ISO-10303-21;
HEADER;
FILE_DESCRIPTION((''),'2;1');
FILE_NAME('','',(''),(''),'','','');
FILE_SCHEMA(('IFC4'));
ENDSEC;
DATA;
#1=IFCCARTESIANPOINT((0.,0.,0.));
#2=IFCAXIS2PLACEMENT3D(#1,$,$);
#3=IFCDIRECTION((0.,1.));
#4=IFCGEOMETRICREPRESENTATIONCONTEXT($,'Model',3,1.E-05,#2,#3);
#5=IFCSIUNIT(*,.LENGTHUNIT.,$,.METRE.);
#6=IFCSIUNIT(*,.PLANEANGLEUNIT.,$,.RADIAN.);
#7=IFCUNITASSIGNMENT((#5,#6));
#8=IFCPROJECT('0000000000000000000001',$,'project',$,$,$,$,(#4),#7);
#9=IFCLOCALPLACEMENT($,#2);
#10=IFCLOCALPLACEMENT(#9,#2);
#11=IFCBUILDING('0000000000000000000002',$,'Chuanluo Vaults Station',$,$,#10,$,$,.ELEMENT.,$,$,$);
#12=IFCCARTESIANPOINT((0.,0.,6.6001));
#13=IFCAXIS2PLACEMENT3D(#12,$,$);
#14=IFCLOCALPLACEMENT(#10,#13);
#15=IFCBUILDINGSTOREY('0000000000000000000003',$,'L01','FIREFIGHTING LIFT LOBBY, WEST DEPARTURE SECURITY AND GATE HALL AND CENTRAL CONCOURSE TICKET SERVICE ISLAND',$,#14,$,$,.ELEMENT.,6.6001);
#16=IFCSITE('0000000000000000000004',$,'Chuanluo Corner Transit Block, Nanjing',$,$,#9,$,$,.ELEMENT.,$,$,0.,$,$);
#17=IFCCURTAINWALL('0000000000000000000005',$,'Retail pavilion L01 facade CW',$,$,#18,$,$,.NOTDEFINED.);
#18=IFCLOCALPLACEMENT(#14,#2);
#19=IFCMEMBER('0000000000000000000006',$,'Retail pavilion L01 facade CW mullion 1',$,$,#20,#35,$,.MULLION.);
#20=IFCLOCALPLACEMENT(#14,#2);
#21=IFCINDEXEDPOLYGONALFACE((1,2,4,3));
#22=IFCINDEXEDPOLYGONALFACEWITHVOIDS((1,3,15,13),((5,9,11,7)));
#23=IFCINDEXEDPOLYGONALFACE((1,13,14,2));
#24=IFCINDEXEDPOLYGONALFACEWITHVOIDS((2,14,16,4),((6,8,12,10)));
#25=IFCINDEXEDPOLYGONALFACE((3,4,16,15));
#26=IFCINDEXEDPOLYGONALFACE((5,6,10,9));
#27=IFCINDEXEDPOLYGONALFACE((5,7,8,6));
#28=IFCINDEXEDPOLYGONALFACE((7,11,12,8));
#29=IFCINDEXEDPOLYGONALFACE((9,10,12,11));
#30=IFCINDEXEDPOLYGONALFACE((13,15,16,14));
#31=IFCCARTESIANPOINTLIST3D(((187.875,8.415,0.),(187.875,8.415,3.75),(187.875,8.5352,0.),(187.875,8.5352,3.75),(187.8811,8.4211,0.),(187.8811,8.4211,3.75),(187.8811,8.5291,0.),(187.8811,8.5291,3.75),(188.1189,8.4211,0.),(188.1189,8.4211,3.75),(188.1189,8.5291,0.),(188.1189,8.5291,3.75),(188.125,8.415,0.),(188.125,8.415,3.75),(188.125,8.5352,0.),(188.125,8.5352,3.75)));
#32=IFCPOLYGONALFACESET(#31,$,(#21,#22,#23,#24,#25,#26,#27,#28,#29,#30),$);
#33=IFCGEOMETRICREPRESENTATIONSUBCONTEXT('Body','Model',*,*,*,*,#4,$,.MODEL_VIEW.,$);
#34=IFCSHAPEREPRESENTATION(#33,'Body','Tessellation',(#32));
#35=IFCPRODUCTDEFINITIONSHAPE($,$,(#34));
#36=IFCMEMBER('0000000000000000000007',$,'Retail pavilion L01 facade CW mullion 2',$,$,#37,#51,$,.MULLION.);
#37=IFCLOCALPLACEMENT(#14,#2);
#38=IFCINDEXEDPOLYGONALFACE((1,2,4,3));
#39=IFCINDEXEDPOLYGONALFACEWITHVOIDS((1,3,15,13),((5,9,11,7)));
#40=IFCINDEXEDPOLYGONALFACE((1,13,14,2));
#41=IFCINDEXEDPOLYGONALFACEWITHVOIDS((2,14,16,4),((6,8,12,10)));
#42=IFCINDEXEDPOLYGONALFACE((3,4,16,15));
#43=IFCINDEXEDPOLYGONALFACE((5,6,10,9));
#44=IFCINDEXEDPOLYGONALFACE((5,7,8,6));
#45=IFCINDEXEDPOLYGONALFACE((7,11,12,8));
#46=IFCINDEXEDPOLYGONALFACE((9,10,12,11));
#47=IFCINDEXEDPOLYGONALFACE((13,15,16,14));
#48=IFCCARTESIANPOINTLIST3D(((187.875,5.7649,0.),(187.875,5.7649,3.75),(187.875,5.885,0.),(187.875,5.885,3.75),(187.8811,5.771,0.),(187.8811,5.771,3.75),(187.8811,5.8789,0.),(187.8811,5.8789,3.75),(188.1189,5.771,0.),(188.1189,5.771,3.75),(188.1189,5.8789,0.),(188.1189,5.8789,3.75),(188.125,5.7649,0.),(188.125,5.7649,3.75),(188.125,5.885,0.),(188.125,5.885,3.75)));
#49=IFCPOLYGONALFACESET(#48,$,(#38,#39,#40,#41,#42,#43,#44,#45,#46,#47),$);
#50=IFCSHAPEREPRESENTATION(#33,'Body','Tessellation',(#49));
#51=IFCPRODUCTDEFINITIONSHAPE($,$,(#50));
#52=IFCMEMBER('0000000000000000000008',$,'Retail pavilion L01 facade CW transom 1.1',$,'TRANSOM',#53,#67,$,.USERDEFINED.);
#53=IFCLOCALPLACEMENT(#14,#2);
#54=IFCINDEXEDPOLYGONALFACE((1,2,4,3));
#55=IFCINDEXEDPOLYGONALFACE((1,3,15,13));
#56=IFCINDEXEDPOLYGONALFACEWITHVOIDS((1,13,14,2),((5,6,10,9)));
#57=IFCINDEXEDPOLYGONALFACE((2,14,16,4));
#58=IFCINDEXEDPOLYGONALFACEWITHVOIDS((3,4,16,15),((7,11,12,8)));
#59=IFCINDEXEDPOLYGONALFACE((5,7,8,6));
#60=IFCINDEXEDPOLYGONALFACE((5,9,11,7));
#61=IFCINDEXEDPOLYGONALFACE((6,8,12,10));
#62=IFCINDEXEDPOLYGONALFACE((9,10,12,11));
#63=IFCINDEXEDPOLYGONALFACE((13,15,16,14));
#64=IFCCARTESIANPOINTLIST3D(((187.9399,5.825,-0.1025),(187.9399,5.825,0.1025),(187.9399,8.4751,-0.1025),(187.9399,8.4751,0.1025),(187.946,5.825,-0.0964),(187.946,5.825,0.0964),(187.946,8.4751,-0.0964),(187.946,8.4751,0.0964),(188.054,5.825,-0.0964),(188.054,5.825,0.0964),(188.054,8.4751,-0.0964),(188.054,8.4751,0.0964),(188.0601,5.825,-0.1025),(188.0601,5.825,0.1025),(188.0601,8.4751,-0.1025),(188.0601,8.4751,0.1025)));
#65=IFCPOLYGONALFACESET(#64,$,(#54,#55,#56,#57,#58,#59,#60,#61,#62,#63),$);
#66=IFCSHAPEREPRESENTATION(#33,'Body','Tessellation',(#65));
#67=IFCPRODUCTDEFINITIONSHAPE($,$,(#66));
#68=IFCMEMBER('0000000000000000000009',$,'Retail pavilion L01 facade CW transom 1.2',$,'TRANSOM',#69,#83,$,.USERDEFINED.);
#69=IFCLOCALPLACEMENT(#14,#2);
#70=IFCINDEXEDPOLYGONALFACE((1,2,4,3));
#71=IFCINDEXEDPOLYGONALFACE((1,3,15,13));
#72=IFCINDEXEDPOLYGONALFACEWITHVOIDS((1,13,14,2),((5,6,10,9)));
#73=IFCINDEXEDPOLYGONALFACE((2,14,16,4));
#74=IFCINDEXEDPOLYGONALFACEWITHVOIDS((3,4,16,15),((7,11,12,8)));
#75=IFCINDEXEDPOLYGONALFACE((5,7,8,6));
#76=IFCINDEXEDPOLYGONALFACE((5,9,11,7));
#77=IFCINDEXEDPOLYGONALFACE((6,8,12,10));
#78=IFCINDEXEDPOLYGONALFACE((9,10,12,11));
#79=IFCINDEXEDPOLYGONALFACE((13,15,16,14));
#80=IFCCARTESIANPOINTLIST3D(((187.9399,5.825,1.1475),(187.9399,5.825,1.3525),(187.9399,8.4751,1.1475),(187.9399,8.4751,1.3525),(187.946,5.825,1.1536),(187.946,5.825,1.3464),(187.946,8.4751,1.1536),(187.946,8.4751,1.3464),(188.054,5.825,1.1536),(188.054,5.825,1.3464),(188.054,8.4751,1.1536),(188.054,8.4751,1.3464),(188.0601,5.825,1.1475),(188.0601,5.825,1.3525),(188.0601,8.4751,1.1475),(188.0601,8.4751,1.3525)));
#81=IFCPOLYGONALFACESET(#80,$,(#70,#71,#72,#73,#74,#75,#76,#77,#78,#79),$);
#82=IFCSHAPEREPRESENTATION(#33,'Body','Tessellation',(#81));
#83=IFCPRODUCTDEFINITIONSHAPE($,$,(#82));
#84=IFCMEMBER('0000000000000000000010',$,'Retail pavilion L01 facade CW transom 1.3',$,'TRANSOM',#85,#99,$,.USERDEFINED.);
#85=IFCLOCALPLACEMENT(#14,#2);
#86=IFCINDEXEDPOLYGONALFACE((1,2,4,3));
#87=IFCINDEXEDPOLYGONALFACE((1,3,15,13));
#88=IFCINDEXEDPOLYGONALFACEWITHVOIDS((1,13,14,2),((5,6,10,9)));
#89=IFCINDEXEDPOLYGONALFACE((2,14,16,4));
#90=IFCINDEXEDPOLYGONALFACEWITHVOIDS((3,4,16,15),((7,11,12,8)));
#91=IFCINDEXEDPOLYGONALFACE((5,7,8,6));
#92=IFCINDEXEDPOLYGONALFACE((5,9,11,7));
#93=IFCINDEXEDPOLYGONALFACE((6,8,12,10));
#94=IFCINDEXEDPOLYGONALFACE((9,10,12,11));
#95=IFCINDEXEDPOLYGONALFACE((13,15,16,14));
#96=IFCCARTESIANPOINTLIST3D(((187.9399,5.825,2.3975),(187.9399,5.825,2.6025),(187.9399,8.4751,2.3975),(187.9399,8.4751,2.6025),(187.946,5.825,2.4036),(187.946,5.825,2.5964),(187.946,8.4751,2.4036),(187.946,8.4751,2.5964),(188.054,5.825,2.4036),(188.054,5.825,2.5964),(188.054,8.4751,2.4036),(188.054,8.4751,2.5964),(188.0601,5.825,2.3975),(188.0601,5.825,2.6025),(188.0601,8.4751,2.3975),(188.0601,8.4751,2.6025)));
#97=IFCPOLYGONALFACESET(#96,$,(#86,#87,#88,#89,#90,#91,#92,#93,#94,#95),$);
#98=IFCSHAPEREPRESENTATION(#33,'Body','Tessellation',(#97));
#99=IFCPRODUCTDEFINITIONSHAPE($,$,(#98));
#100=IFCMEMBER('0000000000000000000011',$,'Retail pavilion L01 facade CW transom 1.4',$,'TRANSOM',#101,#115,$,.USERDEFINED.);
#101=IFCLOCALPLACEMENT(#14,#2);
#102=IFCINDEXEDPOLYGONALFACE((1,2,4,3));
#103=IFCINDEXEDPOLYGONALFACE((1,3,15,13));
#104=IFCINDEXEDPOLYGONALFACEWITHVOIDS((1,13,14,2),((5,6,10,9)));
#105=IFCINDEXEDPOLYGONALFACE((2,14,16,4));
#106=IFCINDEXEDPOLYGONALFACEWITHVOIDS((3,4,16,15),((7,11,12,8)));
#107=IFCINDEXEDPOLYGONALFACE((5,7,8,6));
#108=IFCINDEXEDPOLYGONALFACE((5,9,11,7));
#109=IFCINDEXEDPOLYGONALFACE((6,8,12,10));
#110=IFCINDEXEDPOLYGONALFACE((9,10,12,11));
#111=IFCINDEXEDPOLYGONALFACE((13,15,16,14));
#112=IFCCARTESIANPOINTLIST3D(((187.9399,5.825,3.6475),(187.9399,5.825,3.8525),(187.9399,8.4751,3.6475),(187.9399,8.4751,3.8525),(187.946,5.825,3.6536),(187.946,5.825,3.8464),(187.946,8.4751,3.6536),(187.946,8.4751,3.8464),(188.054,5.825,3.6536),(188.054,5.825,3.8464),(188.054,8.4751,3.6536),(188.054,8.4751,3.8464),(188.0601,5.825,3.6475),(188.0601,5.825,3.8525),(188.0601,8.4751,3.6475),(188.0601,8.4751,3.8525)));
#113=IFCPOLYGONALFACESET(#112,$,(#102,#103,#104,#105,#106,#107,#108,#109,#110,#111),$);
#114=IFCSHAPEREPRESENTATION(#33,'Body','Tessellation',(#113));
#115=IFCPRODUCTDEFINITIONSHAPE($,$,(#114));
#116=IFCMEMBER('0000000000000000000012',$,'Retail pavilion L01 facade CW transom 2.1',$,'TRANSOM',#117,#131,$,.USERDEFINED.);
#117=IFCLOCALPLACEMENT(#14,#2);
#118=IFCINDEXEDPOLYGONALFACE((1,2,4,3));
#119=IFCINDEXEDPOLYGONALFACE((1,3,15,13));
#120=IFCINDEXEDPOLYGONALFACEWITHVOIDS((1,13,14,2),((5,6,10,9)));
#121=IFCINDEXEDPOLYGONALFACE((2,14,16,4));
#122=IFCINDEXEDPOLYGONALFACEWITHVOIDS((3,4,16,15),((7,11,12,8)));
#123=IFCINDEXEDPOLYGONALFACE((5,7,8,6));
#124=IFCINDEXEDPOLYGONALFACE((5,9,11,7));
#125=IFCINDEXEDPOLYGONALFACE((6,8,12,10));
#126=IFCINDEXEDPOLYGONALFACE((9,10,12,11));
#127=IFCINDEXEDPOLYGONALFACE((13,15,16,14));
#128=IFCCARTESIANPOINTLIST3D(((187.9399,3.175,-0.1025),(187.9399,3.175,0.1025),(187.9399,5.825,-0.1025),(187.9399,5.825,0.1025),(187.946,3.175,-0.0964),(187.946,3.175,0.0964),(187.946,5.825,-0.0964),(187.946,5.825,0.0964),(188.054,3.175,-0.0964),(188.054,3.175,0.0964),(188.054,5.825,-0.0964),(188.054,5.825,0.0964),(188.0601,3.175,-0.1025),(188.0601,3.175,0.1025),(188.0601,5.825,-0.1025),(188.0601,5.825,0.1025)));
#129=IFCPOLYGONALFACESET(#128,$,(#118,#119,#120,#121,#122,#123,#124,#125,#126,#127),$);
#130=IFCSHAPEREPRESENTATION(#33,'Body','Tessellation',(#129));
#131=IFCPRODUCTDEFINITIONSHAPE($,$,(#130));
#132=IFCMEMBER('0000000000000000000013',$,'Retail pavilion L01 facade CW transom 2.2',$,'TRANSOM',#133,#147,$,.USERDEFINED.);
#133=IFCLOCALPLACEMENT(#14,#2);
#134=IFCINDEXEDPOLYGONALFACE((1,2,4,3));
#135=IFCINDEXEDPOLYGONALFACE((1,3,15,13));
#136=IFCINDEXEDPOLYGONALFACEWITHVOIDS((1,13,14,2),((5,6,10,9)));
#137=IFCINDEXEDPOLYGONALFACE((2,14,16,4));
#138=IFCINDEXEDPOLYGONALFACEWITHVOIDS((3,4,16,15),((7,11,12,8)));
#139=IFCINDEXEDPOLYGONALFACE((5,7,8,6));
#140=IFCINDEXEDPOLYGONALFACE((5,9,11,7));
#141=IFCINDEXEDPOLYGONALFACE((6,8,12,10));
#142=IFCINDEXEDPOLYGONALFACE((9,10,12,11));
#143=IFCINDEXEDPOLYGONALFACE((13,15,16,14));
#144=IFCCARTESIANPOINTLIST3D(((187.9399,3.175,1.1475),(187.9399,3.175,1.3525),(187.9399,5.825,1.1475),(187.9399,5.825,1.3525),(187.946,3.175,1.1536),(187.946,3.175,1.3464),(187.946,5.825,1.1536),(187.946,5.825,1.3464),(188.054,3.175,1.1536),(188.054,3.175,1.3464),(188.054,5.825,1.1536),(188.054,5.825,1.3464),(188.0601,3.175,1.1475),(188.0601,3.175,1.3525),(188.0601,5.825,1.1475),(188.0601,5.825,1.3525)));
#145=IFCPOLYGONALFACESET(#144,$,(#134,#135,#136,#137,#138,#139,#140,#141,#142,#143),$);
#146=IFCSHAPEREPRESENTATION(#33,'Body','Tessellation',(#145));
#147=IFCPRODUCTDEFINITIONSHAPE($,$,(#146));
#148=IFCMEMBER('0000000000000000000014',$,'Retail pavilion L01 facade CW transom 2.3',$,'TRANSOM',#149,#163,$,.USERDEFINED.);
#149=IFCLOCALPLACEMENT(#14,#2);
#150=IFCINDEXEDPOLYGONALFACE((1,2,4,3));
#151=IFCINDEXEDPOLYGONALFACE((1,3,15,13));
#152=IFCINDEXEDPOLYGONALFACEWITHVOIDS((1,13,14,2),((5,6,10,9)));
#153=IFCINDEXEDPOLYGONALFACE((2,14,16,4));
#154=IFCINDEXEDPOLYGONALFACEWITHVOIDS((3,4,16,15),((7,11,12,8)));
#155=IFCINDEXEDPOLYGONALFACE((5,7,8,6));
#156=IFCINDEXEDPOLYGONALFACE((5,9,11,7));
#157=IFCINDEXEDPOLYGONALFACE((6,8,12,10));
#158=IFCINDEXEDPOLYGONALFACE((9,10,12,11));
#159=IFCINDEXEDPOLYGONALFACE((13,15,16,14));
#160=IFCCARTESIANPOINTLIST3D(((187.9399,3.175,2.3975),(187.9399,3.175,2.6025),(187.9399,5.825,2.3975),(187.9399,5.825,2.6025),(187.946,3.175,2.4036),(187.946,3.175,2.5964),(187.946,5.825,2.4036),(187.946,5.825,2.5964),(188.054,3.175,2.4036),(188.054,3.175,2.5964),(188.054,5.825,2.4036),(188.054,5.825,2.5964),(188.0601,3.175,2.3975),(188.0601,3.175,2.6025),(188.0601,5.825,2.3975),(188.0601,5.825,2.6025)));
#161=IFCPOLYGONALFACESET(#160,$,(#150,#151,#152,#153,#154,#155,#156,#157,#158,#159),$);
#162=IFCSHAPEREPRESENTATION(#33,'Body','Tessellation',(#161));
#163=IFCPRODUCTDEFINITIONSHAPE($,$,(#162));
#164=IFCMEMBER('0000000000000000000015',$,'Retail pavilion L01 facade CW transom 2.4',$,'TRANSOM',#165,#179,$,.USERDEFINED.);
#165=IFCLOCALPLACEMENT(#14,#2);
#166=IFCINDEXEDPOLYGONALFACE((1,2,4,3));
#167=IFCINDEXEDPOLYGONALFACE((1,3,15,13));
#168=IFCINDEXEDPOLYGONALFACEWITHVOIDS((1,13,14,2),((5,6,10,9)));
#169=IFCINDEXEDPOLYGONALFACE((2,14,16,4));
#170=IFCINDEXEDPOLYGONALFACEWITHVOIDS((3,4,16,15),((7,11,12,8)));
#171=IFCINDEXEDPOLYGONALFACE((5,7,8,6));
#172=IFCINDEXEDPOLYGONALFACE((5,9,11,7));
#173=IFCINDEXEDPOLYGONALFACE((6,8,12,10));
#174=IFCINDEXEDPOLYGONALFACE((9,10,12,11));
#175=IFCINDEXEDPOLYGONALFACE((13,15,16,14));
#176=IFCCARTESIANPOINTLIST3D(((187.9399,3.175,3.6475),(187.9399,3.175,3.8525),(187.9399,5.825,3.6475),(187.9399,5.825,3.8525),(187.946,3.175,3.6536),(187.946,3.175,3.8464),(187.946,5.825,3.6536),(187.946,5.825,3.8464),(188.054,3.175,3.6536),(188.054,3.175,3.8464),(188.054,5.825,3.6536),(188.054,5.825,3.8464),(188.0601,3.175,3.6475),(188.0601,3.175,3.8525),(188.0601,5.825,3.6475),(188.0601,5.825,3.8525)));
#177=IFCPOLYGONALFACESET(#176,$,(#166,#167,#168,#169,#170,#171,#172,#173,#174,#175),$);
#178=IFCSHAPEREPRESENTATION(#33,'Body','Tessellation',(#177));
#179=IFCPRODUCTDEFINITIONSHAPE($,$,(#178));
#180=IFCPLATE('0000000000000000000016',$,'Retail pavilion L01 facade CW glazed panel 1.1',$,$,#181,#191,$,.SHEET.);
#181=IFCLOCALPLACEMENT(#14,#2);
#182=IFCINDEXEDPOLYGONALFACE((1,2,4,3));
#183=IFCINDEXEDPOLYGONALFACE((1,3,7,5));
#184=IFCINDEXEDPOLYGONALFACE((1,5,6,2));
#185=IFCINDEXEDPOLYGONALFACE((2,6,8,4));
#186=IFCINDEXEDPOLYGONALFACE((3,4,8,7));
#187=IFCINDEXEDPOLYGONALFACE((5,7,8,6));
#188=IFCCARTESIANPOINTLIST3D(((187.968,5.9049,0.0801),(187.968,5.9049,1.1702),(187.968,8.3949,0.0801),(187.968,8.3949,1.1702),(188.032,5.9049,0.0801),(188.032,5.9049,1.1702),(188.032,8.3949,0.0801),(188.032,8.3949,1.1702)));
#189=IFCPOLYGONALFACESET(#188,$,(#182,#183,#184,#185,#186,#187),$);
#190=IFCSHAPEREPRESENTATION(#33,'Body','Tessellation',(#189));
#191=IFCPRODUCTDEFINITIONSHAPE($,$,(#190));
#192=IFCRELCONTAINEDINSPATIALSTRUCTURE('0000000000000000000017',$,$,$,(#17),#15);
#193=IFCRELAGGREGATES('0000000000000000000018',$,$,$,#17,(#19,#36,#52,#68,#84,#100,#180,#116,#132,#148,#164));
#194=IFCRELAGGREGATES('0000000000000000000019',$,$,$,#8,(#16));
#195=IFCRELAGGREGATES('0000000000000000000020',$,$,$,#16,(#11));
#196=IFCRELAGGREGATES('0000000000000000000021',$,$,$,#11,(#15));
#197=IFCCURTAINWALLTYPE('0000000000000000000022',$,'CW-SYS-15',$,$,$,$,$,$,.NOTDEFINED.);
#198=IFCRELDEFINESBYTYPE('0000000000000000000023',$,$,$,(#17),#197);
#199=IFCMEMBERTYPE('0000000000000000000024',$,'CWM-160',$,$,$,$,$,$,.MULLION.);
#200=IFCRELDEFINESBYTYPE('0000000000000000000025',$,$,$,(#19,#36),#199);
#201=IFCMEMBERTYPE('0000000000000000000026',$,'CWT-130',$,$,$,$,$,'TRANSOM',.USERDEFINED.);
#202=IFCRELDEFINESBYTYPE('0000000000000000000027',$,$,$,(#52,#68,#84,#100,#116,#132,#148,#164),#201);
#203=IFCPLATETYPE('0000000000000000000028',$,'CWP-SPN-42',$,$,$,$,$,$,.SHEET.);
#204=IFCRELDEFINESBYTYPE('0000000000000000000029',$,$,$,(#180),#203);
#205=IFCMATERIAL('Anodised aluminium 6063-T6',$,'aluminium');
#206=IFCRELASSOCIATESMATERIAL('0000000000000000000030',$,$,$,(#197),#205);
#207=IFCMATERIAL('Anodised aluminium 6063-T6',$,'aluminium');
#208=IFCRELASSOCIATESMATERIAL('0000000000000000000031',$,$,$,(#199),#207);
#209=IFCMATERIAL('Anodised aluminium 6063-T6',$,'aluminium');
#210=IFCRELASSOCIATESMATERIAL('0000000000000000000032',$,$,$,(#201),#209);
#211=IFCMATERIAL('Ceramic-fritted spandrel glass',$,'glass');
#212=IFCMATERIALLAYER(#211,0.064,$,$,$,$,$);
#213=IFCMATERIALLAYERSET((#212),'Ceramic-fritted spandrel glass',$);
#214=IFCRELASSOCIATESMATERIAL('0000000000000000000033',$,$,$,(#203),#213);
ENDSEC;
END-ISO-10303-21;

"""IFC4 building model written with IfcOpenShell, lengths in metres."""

from ifc_helpers import new_model, si_unit, direction, frame, origin, origin_2d, place, context, subcontext, project, spatial, rectangle, hollow_rectangle, extrude, material, layer, layer_set, material_profile, profile_set, type_object, element, aggregate, save


model = new_model("IFC4")

# Units and contexts
model_context = context("Model", 3, precision=1e-05, world=origin(), true_north=direction((0.0, 1.0)))
body_context = subcontext(model_context, "Body", "Model", "MODEL_VIEW")
ifc_project = project(units=[si_unit("LENGTHUNIT", "METRE"), si_unit("PLANEANGLEUNIT", "RADIAN")], contexts=[model_context])

# Site, building, storey
site_placement = place(None, origin())
site = spatial("IfcSite", under=ifc_project, at=site_placement, Name="Chuanluo Corner Transit Block, Nanjing", CompositionType="ELEMENT", RefElevation=0.0)
building_placement = place(site_placement, origin())
building = spatial("IfcBuilding", under=site, at=building_placement, Name="Chuanluo Vaults Station", CompositionType="ELEMENT")
storey_placement = place(building_placement, frame((0.0, 0.0, 6.6001)))
storey = spatial("IfcBuildingStorey", under=building, at=storey_placement, Name="L01", Description="FIREFIGHTING LIFT LOBBY, WEST DEPARTURE SECURITY AND GATE HALL AND CENTRAL CONCOURSE TICKET SERVICE ISLAND", CompositionType="ELEMENT", Elevation=6.6001)

# Curtain wall, members, plate
ifc_material_1 = material(Name="Anodised aluminium 6063-T6", Category="aluminium")
curtain_wall_type_1 = type_object("IfcCurtainWallType", Name="CW-SYS-15", PredefinedType="NOTDEFINED", material=ifc_material_1)
curtain_wall_1_placement = place(storey_placement, origin())
curtain_wall_1 = element("IfcCurtainWall", 1, at=curtain_wall_1_placement, inside=storey, type_object=curtain_wall_type_1, Name="Retail pavilion L01 facade CW", PredefinedType="NOTDEFINED")
ifc_material_2 = material(Name="Anodised aluminium 6063-T6", Category="aluminium")
ifc_material_profile_1 = material_profile(ifc_material_2, hollow_rectangle(XDim=0.1201, YDim=0.25, WallThickness=0.0061, at=origin_2d()))
ifc_profile_set_1 = profile_set([ifc_material_profile_1], Name="Anodised aluminium 6063-T6")
member_type_1 = type_object("IfcMemberType", Name="CWM-160", PredefinedType="MULLION", material=ifc_profile_set_1)
member_1_placement = place(storey_placement, frame((188.0, 8.4751, 0.0), z_axis=(0.0, 0.0, 1.0), x_axis=(0.0, -1.0, 0.0)))
member_1 = element("IfcMember", 2, at=member_1_placement, type_object=member_type_1, Name="Retail pavilion L01 facade CW mullion 1", PredefinedType="MULLION", context=body_context, shape_type="SweptSolid", body=[
    extrude(hollow_rectangle(XDim=0.1201, YDim=0.25, WallThickness=0.0061, at=origin_2d()), origin(), (0.0, 0.0, 1.0), 3.75),
])
member_2_placement = place(storey_placement, frame((188.0, 5.825, 0.0), z_axis=(0.0, 0.0, 1.0), x_axis=(0.0, -1.0, 0.0)))
member_2 = element("IfcMember", 3, at=member_2_placement, type_object=member_type_1, Name="Retail pavilion L01 facade CW mullion 2", PredefinedType="MULLION", context=body_context, shape_type="SweptSolid", body=[
    extrude(hollow_rectangle(XDim=0.1201, YDim=0.25, WallThickness=0.0061, at=origin_2d()), origin(), (0.0, 0.0, 1.0), 3.75),
])
ifc_material_3 = material(Name="Anodised aluminium 6063-T6", Category="aluminium")
ifc_material_profile_2 = material_profile(ifc_material_3, hollow_rectangle(XDim=0.1201, YDim=0.2051, WallThickness=0.0061, at=origin_2d()))
ifc_profile_set_2 = profile_set([ifc_material_profile_2], Name="Anodised aluminium 6063-T6")
member_type_2 = type_object("IfcMemberType", Name="CWT-130", ElementType="TRANSOM", PredefinedType="USERDEFINED", material=ifc_profile_set_2)
member_3_placement = place(storey_placement, frame((188.0, 8.4751, 0.0), z_axis=(0.0, -1.0, 0.0), x_axis=(1.0, 0.0, 0.0)))
member_3 = element("IfcMember", 4, at=member_3_placement, type_object=member_type_2, Name="Retail pavilion L01 facade CW transom 1.1", ObjectType="TRANSOM", PredefinedType="USERDEFINED", context=body_context, shape_type="SweptSolid", body=[
    extrude(hollow_rectangle(XDim=0.1201, YDim=0.2051, WallThickness=0.0061, at=origin_2d()), origin(), (0.0, 0.0, 1.0), 2.6501),
])
member_4_placement = place(storey_placement, frame((188.0, 8.4751, 1.25), z_axis=(0.0, -1.0, 0.0), x_axis=(1.0, 0.0, 0.0)))
member_4 = element("IfcMember", 5, at=member_4_placement, type_object=member_type_2, Name="Retail pavilion L01 facade CW transom 1.2", ObjectType="TRANSOM", PredefinedType="USERDEFINED", context=body_context, shape_type="SweptSolid", body=[
    extrude(hollow_rectangle(XDim=0.1201, YDim=0.2051, WallThickness=0.0061, at=origin_2d()), origin(), (0.0, 0.0, 1.0), 2.6501),
])
member_5_placement = place(storey_placement, frame((188.0, 8.4751, 2.5), z_axis=(0.0, -1.0, 0.0), x_axis=(1.0, 0.0, 0.0)))
member_5 = element("IfcMember", 6, at=member_5_placement, type_object=member_type_2, Name="Retail pavilion L01 facade CW transom 1.3", ObjectType="TRANSOM", PredefinedType="USERDEFINED", context=body_context, shape_type="SweptSolid", body=[
    extrude(hollow_rectangle(XDim=0.1201, YDim=0.2051, WallThickness=0.0061, at=origin_2d()), origin(), (0.0, 0.0, 1.0), 2.6501),
])
member_6_placement = place(storey_placement, frame((188.0, 8.4751, 3.75), z_axis=(0.0, -1.0, 0.0), x_axis=(1.0, 0.0, 0.0)))
member_6 = element("IfcMember", 7, at=member_6_placement, type_object=member_type_2, Name="Retail pavilion L01 facade CW transom 1.4", ObjectType="TRANSOM", PredefinedType="USERDEFINED", context=body_context, shape_type="SweptSolid", body=[
    extrude(hollow_rectangle(XDim=0.1201, YDim=0.2051, WallThickness=0.0061, at=origin_2d()), origin(), (0.0, 0.0, 1.0), 2.6501),
])
member_7_placement = place(storey_placement, frame((188.0, 5.825, 0.0), z_axis=(0.0, -1.0, 0.0), x_axis=(1.0, 0.0, 0.0)))
member_7 = element("IfcMember", 8, at=member_7_placement, type_object=member_type_2, Name="Retail pavilion L01 facade CW transom 2.1", ObjectType="TRANSOM", PredefinedType="USERDEFINED", context=body_context, shape_type="SweptSolid", body=[
    extrude(hollow_rectangle(XDim=0.1201, YDim=0.2051, WallThickness=0.0061, at=origin_2d()), origin(), (0.0, 0.0, 1.0), 2.6499),
])
member_8_placement = place(storey_placement, frame((188.0, 5.825, 1.25), z_axis=(0.0, -1.0, 0.0), x_axis=(1.0, 0.0, 0.0)))
member_8 = element("IfcMember", 9, at=member_8_placement, type_object=member_type_2, Name="Retail pavilion L01 facade CW transom 2.2", ObjectType="TRANSOM", PredefinedType="USERDEFINED", context=body_context, shape_type="SweptSolid", body=[
    extrude(hollow_rectangle(XDim=0.1201, YDim=0.2051, WallThickness=0.0061, at=origin_2d()), origin(), (0.0, 0.0, 1.0), 2.6499),
])
member_9_placement = place(storey_placement, frame((188.0, 5.825, 2.5), z_axis=(0.0, -1.0, 0.0), x_axis=(1.0, 0.0, 0.0)))
member_9 = element("IfcMember", 10, at=member_9_placement, type_object=member_type_2, Name="Retail pavilion L01 facade CW transom 2.3", ObjectType="TRANSOM", PredefinedType="USERDEFINED", context=body_context, shape_type="SweptSolid", body=[
    extrude(hollow_rectangle(XDim=0.1201, YDim=0.2051, WallThickness=0.0061, at=origin_2d()), origin(), (0.0, 0.0, 1.0), 2.6499),
])
member_10_placement = place(storey_placement, frame((188.0, 5.825, 3.75), z_axis=(0.0, -1.0, 0.0), x_axis=(1.0, 0.0, 0.0)))
member_10 = element("IfcMember", 11, at=member_10_placement, type_object=member_type_2, Name="Retail pavilion L01 facade CW transom 2.4", ObjectType="TRANSOM", PredefinedType="USERDEFINED", context=body_context, shape_type="SweptSolid", body=[
    extrude(hollow_rectangle(XDim=0.1201, YDim=0.2051, WallThickness=0.0061, at=origin_2d()), origin(), (0.0, 0.0, 1.0), 2.6499),
])
ifc_material_4 = material(Name="Ceramic-fritted spandrel glass", Category="glass")
ifc_layer_1 = layer(ifc_material_4, 0.064)
ifc_layer_set_1 = layer_set([ifc_layer_1], Name="Ceramic-fritted spandrel glass")
plate_type_1 = type_object("IfcPlateType", Name="CWP-SPN-42", PredefinedType="SHEET", material=ifc_layer_set_1)
plate_1_placement = place(storey_placement, frame((188.0, 7.1499, 0.0801), z_axis=(0.0, 0.0, 1.0), x_axis=(0.0, -1.0, 0.0)))
plate_1 = element("IfcPlate", 12, at=plate_1_placement, type_object=plate_type_1, Name="Retail pavilion L01 facade CW glazed panel 1.1", PredefinedType="SHEET", context=body_context, shape_type="SweptSolid", body=[
    extrude(rectangle(XDim=2.49, YDim=0.064, at=origin_2d()), origin(), (0.0, 0.0, 1.0), 1.0901),
])

aggregate(curtain_wall_1, [member_1, member_2, member_3, member_4, member_5, member_6, plate_1, member_7, member_8, member_9, member_10])

save(model, "model.ifc")
